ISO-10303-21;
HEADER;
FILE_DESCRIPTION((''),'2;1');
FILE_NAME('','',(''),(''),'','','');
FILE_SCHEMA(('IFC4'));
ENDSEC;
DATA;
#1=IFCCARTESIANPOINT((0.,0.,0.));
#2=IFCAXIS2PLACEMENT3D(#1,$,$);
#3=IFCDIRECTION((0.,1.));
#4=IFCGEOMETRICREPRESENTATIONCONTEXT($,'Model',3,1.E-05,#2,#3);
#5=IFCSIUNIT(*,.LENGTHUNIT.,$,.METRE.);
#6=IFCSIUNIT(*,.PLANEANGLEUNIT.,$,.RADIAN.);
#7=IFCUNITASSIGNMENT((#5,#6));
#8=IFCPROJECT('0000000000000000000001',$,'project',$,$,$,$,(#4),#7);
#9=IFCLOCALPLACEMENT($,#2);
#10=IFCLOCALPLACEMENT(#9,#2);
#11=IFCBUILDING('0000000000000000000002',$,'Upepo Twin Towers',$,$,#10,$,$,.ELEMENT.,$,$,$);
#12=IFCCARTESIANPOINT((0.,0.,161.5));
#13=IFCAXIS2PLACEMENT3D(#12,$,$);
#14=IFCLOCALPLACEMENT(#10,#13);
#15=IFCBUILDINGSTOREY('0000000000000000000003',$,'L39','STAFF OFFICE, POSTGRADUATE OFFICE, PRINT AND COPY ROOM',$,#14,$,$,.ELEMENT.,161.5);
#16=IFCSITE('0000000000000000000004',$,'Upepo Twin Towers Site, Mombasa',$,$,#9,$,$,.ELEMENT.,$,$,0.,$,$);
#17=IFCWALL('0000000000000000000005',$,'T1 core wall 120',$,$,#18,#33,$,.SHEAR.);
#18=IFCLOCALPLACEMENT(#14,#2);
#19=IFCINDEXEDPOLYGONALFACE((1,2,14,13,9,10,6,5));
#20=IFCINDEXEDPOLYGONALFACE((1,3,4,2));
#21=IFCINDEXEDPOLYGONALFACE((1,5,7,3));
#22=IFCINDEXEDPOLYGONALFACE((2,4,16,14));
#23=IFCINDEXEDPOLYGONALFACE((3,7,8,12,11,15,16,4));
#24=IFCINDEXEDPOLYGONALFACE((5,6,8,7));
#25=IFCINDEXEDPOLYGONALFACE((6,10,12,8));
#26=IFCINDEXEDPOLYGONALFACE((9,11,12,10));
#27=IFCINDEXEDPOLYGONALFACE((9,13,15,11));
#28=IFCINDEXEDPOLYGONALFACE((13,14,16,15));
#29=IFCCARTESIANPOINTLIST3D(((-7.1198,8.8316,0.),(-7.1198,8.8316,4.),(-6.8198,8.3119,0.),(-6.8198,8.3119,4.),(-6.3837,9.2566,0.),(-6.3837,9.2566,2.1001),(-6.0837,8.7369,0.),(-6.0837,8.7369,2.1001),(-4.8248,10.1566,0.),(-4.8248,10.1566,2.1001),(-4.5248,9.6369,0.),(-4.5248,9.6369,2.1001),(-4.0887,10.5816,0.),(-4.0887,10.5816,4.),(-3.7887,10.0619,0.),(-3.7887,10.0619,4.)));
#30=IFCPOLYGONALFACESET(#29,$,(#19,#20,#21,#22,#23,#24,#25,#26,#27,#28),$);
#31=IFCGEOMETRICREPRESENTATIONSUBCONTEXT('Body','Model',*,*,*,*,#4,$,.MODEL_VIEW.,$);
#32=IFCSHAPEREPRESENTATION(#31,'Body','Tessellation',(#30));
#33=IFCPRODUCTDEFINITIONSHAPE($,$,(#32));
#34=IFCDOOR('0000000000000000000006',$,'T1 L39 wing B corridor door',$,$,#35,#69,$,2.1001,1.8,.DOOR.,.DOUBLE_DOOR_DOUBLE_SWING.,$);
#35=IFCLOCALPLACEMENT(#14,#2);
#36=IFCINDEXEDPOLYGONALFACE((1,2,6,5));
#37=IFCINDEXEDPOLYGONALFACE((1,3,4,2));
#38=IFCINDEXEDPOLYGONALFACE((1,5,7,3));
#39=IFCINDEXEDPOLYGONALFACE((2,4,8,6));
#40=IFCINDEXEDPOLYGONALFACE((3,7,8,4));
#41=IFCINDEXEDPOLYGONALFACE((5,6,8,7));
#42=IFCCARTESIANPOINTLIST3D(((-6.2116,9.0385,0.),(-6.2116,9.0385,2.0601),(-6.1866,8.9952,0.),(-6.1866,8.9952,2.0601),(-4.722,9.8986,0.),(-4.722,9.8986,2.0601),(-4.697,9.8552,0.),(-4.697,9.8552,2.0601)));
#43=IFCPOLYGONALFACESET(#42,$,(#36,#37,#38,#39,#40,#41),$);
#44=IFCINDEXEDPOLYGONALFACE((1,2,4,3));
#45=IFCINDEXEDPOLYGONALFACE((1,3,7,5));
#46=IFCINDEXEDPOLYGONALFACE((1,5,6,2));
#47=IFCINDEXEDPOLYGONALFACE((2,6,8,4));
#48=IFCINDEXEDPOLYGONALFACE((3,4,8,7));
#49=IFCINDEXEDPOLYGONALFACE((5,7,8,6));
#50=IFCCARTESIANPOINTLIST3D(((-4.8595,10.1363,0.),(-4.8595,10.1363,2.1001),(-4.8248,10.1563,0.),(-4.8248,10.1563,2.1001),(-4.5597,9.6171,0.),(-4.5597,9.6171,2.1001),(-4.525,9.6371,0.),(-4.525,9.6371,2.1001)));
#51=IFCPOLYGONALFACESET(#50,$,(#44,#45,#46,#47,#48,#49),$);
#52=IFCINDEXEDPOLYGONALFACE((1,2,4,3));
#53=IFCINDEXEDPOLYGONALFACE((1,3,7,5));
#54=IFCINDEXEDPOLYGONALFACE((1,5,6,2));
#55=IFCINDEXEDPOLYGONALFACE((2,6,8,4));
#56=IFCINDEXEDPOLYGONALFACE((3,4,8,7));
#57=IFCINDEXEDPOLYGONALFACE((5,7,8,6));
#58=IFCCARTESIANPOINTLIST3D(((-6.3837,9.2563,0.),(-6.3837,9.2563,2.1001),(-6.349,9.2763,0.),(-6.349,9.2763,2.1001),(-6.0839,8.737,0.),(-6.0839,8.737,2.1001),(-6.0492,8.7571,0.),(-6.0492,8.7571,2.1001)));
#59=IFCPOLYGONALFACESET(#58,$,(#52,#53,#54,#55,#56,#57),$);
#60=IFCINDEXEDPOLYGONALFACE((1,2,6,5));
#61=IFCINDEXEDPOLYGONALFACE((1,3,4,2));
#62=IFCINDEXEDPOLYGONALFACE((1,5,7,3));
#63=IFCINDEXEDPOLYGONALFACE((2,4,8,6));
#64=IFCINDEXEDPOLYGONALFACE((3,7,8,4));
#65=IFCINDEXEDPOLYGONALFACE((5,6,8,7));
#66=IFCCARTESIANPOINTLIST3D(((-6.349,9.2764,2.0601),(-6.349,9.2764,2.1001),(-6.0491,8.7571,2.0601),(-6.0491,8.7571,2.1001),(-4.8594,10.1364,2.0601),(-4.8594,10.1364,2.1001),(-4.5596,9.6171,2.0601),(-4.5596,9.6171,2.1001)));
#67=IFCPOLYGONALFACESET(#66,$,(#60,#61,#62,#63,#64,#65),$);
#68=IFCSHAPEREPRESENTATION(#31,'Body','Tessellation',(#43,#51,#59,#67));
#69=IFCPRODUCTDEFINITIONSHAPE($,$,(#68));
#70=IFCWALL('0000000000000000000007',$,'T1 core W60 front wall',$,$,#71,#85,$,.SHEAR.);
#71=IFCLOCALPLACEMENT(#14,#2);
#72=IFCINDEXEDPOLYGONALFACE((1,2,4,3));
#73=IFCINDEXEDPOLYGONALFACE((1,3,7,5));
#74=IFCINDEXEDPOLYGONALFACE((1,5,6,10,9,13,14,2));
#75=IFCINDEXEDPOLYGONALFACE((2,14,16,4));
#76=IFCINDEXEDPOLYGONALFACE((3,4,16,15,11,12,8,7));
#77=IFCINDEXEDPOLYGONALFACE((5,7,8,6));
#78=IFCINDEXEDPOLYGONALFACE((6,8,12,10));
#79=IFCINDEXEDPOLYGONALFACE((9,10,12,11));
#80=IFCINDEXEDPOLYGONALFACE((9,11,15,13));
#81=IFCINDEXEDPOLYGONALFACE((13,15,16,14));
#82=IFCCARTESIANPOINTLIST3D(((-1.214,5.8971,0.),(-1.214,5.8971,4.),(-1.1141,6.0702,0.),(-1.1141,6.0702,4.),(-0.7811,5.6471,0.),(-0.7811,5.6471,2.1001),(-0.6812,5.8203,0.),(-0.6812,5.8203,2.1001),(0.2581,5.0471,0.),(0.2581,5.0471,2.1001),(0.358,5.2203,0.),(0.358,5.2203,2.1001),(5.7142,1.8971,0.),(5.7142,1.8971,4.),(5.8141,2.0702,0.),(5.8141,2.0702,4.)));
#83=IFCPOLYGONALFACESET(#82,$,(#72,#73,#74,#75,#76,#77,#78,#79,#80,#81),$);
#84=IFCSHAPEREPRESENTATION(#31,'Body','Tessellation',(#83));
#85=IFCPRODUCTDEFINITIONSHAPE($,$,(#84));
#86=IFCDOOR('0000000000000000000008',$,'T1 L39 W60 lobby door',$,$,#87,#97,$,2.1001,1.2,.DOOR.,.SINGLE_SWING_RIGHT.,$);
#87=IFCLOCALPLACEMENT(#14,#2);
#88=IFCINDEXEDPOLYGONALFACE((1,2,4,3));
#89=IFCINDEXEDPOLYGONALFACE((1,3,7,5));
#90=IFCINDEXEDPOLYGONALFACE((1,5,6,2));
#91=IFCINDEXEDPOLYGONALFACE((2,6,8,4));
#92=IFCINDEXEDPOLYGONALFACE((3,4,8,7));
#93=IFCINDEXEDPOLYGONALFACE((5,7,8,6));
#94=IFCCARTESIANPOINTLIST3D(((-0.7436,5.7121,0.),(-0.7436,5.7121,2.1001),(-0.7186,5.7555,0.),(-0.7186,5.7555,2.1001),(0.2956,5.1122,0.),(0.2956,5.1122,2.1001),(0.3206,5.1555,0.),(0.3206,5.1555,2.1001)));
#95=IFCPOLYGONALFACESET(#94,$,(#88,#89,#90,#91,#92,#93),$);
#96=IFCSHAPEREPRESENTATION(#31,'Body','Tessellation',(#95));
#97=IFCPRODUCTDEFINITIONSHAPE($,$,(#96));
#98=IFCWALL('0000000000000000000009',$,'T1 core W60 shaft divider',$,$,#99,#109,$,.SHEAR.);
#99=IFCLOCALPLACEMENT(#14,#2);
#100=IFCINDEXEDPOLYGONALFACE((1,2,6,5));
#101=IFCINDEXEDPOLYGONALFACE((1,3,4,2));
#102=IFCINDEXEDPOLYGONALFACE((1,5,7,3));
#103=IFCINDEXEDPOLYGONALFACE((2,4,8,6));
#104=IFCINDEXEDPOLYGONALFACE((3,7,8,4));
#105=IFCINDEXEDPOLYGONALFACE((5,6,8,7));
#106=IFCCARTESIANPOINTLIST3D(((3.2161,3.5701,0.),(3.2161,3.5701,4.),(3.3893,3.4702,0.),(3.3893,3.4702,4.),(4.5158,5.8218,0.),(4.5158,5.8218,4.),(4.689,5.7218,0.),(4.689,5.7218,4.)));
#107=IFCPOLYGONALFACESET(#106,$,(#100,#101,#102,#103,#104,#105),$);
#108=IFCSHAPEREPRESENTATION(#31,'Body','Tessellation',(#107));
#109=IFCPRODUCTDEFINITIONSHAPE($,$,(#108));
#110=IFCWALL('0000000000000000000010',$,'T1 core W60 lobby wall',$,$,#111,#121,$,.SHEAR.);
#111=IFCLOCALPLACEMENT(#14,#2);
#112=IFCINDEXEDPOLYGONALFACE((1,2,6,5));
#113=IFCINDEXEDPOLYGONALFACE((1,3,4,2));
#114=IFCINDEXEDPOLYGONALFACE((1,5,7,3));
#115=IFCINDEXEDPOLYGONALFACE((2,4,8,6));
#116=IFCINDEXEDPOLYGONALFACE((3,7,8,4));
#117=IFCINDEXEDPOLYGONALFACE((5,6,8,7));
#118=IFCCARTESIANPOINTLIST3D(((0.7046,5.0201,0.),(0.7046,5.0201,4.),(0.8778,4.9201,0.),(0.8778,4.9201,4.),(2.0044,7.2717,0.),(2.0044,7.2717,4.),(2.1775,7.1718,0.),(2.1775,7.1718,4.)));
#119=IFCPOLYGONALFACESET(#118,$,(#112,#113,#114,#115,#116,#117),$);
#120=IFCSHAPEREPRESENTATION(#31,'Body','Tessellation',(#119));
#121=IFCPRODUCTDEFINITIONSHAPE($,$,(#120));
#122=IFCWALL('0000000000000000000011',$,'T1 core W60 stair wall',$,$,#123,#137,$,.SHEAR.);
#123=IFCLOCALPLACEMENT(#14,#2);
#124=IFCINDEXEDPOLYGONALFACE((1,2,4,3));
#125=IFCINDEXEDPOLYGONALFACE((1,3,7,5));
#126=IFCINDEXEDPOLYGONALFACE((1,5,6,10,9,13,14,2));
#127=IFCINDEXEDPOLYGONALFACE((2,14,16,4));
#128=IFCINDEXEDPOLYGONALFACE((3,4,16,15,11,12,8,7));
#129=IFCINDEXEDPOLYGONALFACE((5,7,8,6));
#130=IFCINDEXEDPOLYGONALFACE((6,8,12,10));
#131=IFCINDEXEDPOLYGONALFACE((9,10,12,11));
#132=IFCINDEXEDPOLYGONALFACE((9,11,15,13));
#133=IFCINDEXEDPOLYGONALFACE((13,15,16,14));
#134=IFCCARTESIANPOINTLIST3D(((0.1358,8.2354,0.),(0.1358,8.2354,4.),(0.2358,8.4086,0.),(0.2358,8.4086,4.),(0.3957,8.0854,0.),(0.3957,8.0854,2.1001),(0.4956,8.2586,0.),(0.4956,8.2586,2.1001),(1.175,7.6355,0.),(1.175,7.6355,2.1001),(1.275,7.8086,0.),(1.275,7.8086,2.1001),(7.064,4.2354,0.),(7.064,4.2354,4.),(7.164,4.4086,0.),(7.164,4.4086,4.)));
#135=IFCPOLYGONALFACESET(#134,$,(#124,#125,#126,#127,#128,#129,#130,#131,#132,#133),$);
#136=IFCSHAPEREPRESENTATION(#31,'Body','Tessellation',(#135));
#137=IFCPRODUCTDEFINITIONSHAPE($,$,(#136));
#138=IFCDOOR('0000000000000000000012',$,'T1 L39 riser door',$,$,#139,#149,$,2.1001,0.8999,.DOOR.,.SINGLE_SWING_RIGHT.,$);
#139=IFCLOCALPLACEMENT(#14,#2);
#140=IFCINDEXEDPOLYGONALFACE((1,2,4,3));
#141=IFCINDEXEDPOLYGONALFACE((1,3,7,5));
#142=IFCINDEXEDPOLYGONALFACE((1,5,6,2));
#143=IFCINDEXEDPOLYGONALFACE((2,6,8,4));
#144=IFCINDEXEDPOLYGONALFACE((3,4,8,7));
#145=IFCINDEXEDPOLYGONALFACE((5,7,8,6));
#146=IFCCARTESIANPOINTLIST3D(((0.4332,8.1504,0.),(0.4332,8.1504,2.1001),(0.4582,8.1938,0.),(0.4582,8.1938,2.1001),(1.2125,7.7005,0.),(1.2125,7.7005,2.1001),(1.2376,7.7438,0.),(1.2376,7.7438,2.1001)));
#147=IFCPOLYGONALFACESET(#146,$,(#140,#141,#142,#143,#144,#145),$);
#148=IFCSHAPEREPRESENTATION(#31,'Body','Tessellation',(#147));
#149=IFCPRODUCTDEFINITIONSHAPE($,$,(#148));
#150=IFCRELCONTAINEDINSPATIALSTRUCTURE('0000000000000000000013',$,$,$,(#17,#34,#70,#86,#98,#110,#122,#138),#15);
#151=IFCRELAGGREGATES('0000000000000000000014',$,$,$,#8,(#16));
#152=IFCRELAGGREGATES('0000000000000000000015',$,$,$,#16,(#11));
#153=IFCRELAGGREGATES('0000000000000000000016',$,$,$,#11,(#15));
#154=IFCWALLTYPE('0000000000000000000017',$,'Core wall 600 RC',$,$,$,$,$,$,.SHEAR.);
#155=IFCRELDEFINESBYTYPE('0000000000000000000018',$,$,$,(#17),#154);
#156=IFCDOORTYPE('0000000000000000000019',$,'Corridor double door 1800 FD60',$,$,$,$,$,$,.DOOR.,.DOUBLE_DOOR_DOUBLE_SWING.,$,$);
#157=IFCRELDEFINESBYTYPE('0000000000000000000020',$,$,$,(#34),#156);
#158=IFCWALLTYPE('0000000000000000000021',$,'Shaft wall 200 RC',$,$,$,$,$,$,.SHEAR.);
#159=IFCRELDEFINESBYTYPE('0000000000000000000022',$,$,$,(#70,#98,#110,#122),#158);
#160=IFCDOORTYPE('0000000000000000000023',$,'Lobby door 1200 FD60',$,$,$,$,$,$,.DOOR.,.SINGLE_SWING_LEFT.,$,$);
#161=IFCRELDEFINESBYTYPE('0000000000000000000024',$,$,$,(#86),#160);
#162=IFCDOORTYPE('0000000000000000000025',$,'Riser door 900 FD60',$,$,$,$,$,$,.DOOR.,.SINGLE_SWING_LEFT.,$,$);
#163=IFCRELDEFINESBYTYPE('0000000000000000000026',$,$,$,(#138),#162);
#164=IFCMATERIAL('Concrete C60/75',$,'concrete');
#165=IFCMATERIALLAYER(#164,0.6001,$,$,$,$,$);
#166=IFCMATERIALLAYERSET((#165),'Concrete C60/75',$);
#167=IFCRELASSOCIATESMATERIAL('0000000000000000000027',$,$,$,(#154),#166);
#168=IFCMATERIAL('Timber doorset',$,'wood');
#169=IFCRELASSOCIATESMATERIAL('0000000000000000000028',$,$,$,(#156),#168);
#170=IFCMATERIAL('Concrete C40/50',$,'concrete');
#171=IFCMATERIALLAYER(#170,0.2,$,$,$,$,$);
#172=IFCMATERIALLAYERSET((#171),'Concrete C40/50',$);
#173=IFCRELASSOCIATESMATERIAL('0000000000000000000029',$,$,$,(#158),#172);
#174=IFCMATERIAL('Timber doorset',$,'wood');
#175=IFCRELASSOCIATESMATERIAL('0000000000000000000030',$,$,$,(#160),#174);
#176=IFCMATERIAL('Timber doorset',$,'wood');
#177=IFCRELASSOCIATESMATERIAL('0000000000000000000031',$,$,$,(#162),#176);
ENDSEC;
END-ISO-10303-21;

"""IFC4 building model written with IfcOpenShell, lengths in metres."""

from ifc_helpers import new_model, si_unit, direction, frame, frame_2d, origin, place, context, subcontext, project, spatial, rectangle, extrude, material, layer, layer_set, type_object, element, fill, save


model = new_model("IFC4")

# Units and contexts
model_context = context("Model", 3, precision=1e-05, world=origin(), true_north=direction((0.0, 1.0)))
body_context = subcontext(model_context, "Body", "Model", "MODEL_VIEW")
ifc_project = project(units=[si_unit("LENGTHUNIT", "METRE"), si_unit("PLANEANGLEUNIT", "RADIAN")], contexts=[model_context])

# Site, building, storey
site_placement = place(None, origin())
site = spatial("IfcSite", under=ifc_project, at=site_placement, Name="Upepo Twin Towers Site, Mombasa", CompositionType="ELEMENT", RefElevation=0.0)
building_placement = place(site_placement, origin())
building = spatial("IfcBuilding", under=site, at=building_placement, Name="Upepo Twin Towers", CompositionType="ELEMENT")
storey_placement = place(building_placement, frame((0.0, 0.0, 161.5)))
storey = spatial("IfcBuildingStorey", under=building, at=storey_placement, Name="L39", Description="STAFF OFFICE, POSTGRADUATE OFFICE, PRINT AND COPY ROOM", CompositionType="ELEMENT", Elevation=161.5)

# Walls, openings, doors
ifc_material_1 = material(Name="Concrete C60/75", Category="concrete")
ifc_layer_1 = layer(ifc_material_1, 0.6001)
ifc_layer_set_1 = layer_set([ifc_layer_1], Name="Concrete C60/75")
wall_type_1 = type_object("IfcWallType", Name="Core wall 600 RC", PredefinedType="SHEAR", material=ifc_layer_set_1)
wall_1_placement = place(storey_placement, frame((-3.9387, 10.3218, 0.0), z_axis=(0.0, 0.0, 1.0), x_axis=(-0.866019, -0.50001, 0.0)))
wall_1 = element("IfcWall", 1, at=wall_1_placement, inside=storey, type_object=wall_type_1, Name="T1 core wall 120", PredefinedType="SHEAR", context=body_context, shape_type="SweptSolid", body=[
    extrude(rectangle(XDim=3.5, YDim=0.6001, at=frame_2d((1.75, 0.0))), origin(), (0.0, 0.0, 1.0), 4.0),
])
opening_1_placement = place(wall_1_placement, frame((0.8501, 0.0, 0.0)))
opening_1 = element("IfcOpeningElement", 2, at=opening_1_placement, cuts=wall_1, PredefinedType="OPENING", context=body_context, shape_type="SweptSolid", body=[
    extrude(rectangle(XDim=1.8, YDim=2.1001, at=frame_2d((0.8999, 1.05))), frame((0.0, 0.3101, 0.0), z_axis=(0.0, -1.0, 0.0), x_axis=(1.0, 0.0, 0.0)), (0.0, 0.0, 1.0), 0.6201),
])
ifc_material_2 = material(Name="Timber doorset", Category="wood")
door_type_1 = type_object("IfcDoorType", Name="Corridor double door 1800 FD60", OperationType="DOUBLE_DOOR_DOUBLE_SWING", PredefinedType="DOOR", material=ifc_material_2)
door_1_placement = place(opening_1_placement, origin())
door_1 = element("IfcDoor", 3, at=door_1_placement, inside=storey, type_object=door_type_1, Name="T1 L39 wing B corridor door", OperationType="DOUBLE_DOOR_DOUBLE_SWING", OverallHeight=2.1001, OverallWidth=1.8, PredefinedType="DOOR", context=body_context, shape_type="SweptSolid", body=[
    extrude(rectangle(XDim=1.72, YDim=2.0601, at=frame_2d((0.8999, 1.03))), frame((0.0, 0.0249, 0.0), z_axis=(0.0, -1.0, 0.0), x_axis=(1.0, 0.0, 0.0)), (0.0, 0.0, 1.0), 0.05),
    extrude(rectangle(XDim=0.04, YDim=2.1001, at=frame_2d((0.02, 1.05))), frame((0.0, 0.2998, 0.0), z_axis=(0.0, -1.0, 0.0), x_axis=(1.0, 0.0, 0.0)), (0.0, 0.0, 1.0), 0.5996),
    extrude(rectangle(XDim=0.04, YDim=2.1001, at=frame_2d((1.78, 1.05))), frame((0.0, 0.2998, 0.0), z_axis=(0.0, -1.0, 0.0), x_axis=(1.0, 0.0, 0.0)), (0.0, 0.0, 1.0), 0.5996),
    extrude(rectangle(XDim=1.72, YDim=0.04, at=frame_2d((0.8999, 2.0801))), frame((0.0, 0.2998, 0.0), z_axis=(0.0, -1.0, 0.0), x_axis=(1.0, 0.0, 0.0)), (0.0, 0.0, 1.0), 0.5996),
])
fill(opening_1, door_1)
ifc_material_3 = material(Name="Concrete C40/50", Category="concrete")
ifc_layer_2 = layer(ifc_material_3, 0.2)
ifc_layer_set_2 = layer_set([ifc_layer_2], Name="Concrete C40/50")
wall_type_2 = type_object("IfcWallType", Name="Shaft wall 200 RC", PredefinedType="SHEAR", material=ifc_layer_set_2)
wall_2_placement = place(storey_placement, frame((5.7642, 1.9836, 0.0), z_axis=(0.0, 0.0, 1.0), x_axis=(-0.866026, 0.499999, 0.0)))
wall_2 = element("IfcWall", 4, at=wall_2_placement, inside=storey, type_object=wall_type_2, Name="T1 core W60 front wall", PredefinedType="SHEAR", context=body_context, shape_type="SweptSolid", body=[
    extrude(rectangle(XDim=8.0, YDim=0.2, at=frame_2d((4.0, 0.0))), origin(), (0.0, 0.0, 1.0), 4.0),
])
opening_2_placement = place(wall_2_placement, frame((6.3, 0.0, 0.0)))
opening_2 = element("IfcOpeningElement", 5, at=opening_2_placement, cuts=wall_2, PredefinedType="OPENING", context=body_context, shape_type="SweptSolid", body=[
    extrude(rectangle(XDim=1.2, YDim=2.1001, at=frame_2d((0.6001, 1.05))), frame((0.0, 0.1099, 0.0), z_axis=(0.0, -1.0, 0.0), x_axis=(1.0, 0.0, 0.0)), (0.0, 0.0, 1.0), 0.22),
])
ifc_material_4 = material(Name="Timber doorset", Category="wood")
door_type_2 = type_object("IfcDoorType", Name="Lobby door 1200 FD60", OperationType="SINGLE_SWING_LEFT", PredefinedType="DOOR", material=ifc_material_4)
door_2_placement = place(opening_2_placement, origin())
door_2 = element("IfcDoor", 6, at=door_2_placement, inside=storey, type_object=door_type_2, Name="T1 L39 W60 lobby door", OperationType="SINGLE_SWING_RIGHT", OverallHeight=2.1001, OverallWidth=1.2, PredefinedType="DOOR", context=body_context, shape_type="SweptSolid", body=[
    extrude(rectangle(XDim=1.2, YDim=2.1001, at=frame_2d((0.6001, 1.05))), frame((0.0, 0.0249, 0.0), z_axis=(0.0, -1.0, 0.0), x_axis=(1.0, 0.0, 0.0)), (0.0, 0.0, 1.0), 0.05),
])
fill(opening_2, door_2)

# Walls
for number, where, z_axis, x_axis, name in (
    (7, (3.3027, 3.5203, 0.0), (0.0, 0.0, 1.0), (0.499937, 0.866062, 0.0), "T1 core W60 shaft divider"),
    (8, (0.7913, 4.9702, 0.0), (0.0, 0.0, 1.0), (0.499937, 0.866062, 0.0), "T1 core W60 lobby wall"),
):
    element("IfcWall", number, at=place(storey_placement, frame(where, z_axis=z_axis, x_axis=x_axis)), inside=storey, type_object=wall_type_2, Name=name, PredefinedType="SHEAR", context=body_context, shape_type="SweptSolid", body=[
        extrude(rectangle(XDim=2.5999, YDim=0.2, at=frame_2d((1.2998, 0.0))), origin(), (0.0, 0.0, 1.0), 4.0),
    ])

# Wall, opening, door
wall_3_placement = place(storey_placement, frame((7.114, 4.322, 0.0), z_axis=(0.0, 0.0, 1.0), x_axis=(-0.866026, 0.499999, 0.0)))
wall_3 = element("IfcWall", 9, at=wall_3_placement, inside=storey, type_object=wall_type_2, Name="T1 core W60 stair wall", PredefinedType="SHEAR", context=body_context, shape_type="SweptSolid", body=[
    extrude(rectangle(XDim=8.0, YDim=0.2, at=frame_2d((4.0, 0.0))), origin(), (0.0, 0.0, 1.0), 4.0),
])
opening_3_placement = place(wall_3_placement, frame((6.8, 0.0, 0.0)))
opening_3 = element("IfcOpeningElement", 10, at=opening_3_placement, cuts=wall_3, PredefinedType="OPENING", context=body_context, shape_type="SweptSolid", body=[
    extrude(rectangle(XDim=0.8999, YDim=2.1001, at=frame_2d((0.45, 1.05))), frame((0.0, 0.1099, 0.0), z_axis=(0.0, -1.0, 0.0), x_axis=(1.0, 0.0, 0.0)), (0.0, 0.0, 1.0), 0.22),
])
ifc_material_5 = material(Name="Timber doorset", Category="wood")
door_type_3 = type_object("IfcDoorType", Name="Riser door 900 FD60", OperationType="SINGLE_SWING_LEFT", PredefinedType="DOOR", material=ifc_material_5)
door_3_placement = place(opening_3_placement, origin())
door_3 = element("IfcDoor", 11, at=door_3_placement, inside=storey, type_object=door_type_3, Name="T1 L39 riser door", OperationType="SINGLE_SWING_RIGHT", OverallHeight=2.1001, OverallWidth=0.8999, PredefinedType="DOOR", context=body_context, shape_type="SweptSolid", body=[
    extrude(rectangle(XDim=0.8999, YDim=2.1001, at=frame_2d((0.45, 1.05))), frame((0.0, 0.0249, 0.0), z_axis=(0.0, -1.0, 0.0), x_axis=(1.0, 0.0, 0.0)), (0.0, 0.0, 1.0), 0.05),
])
fill(opening_3, door_3)

save(model, "model.ifc")
